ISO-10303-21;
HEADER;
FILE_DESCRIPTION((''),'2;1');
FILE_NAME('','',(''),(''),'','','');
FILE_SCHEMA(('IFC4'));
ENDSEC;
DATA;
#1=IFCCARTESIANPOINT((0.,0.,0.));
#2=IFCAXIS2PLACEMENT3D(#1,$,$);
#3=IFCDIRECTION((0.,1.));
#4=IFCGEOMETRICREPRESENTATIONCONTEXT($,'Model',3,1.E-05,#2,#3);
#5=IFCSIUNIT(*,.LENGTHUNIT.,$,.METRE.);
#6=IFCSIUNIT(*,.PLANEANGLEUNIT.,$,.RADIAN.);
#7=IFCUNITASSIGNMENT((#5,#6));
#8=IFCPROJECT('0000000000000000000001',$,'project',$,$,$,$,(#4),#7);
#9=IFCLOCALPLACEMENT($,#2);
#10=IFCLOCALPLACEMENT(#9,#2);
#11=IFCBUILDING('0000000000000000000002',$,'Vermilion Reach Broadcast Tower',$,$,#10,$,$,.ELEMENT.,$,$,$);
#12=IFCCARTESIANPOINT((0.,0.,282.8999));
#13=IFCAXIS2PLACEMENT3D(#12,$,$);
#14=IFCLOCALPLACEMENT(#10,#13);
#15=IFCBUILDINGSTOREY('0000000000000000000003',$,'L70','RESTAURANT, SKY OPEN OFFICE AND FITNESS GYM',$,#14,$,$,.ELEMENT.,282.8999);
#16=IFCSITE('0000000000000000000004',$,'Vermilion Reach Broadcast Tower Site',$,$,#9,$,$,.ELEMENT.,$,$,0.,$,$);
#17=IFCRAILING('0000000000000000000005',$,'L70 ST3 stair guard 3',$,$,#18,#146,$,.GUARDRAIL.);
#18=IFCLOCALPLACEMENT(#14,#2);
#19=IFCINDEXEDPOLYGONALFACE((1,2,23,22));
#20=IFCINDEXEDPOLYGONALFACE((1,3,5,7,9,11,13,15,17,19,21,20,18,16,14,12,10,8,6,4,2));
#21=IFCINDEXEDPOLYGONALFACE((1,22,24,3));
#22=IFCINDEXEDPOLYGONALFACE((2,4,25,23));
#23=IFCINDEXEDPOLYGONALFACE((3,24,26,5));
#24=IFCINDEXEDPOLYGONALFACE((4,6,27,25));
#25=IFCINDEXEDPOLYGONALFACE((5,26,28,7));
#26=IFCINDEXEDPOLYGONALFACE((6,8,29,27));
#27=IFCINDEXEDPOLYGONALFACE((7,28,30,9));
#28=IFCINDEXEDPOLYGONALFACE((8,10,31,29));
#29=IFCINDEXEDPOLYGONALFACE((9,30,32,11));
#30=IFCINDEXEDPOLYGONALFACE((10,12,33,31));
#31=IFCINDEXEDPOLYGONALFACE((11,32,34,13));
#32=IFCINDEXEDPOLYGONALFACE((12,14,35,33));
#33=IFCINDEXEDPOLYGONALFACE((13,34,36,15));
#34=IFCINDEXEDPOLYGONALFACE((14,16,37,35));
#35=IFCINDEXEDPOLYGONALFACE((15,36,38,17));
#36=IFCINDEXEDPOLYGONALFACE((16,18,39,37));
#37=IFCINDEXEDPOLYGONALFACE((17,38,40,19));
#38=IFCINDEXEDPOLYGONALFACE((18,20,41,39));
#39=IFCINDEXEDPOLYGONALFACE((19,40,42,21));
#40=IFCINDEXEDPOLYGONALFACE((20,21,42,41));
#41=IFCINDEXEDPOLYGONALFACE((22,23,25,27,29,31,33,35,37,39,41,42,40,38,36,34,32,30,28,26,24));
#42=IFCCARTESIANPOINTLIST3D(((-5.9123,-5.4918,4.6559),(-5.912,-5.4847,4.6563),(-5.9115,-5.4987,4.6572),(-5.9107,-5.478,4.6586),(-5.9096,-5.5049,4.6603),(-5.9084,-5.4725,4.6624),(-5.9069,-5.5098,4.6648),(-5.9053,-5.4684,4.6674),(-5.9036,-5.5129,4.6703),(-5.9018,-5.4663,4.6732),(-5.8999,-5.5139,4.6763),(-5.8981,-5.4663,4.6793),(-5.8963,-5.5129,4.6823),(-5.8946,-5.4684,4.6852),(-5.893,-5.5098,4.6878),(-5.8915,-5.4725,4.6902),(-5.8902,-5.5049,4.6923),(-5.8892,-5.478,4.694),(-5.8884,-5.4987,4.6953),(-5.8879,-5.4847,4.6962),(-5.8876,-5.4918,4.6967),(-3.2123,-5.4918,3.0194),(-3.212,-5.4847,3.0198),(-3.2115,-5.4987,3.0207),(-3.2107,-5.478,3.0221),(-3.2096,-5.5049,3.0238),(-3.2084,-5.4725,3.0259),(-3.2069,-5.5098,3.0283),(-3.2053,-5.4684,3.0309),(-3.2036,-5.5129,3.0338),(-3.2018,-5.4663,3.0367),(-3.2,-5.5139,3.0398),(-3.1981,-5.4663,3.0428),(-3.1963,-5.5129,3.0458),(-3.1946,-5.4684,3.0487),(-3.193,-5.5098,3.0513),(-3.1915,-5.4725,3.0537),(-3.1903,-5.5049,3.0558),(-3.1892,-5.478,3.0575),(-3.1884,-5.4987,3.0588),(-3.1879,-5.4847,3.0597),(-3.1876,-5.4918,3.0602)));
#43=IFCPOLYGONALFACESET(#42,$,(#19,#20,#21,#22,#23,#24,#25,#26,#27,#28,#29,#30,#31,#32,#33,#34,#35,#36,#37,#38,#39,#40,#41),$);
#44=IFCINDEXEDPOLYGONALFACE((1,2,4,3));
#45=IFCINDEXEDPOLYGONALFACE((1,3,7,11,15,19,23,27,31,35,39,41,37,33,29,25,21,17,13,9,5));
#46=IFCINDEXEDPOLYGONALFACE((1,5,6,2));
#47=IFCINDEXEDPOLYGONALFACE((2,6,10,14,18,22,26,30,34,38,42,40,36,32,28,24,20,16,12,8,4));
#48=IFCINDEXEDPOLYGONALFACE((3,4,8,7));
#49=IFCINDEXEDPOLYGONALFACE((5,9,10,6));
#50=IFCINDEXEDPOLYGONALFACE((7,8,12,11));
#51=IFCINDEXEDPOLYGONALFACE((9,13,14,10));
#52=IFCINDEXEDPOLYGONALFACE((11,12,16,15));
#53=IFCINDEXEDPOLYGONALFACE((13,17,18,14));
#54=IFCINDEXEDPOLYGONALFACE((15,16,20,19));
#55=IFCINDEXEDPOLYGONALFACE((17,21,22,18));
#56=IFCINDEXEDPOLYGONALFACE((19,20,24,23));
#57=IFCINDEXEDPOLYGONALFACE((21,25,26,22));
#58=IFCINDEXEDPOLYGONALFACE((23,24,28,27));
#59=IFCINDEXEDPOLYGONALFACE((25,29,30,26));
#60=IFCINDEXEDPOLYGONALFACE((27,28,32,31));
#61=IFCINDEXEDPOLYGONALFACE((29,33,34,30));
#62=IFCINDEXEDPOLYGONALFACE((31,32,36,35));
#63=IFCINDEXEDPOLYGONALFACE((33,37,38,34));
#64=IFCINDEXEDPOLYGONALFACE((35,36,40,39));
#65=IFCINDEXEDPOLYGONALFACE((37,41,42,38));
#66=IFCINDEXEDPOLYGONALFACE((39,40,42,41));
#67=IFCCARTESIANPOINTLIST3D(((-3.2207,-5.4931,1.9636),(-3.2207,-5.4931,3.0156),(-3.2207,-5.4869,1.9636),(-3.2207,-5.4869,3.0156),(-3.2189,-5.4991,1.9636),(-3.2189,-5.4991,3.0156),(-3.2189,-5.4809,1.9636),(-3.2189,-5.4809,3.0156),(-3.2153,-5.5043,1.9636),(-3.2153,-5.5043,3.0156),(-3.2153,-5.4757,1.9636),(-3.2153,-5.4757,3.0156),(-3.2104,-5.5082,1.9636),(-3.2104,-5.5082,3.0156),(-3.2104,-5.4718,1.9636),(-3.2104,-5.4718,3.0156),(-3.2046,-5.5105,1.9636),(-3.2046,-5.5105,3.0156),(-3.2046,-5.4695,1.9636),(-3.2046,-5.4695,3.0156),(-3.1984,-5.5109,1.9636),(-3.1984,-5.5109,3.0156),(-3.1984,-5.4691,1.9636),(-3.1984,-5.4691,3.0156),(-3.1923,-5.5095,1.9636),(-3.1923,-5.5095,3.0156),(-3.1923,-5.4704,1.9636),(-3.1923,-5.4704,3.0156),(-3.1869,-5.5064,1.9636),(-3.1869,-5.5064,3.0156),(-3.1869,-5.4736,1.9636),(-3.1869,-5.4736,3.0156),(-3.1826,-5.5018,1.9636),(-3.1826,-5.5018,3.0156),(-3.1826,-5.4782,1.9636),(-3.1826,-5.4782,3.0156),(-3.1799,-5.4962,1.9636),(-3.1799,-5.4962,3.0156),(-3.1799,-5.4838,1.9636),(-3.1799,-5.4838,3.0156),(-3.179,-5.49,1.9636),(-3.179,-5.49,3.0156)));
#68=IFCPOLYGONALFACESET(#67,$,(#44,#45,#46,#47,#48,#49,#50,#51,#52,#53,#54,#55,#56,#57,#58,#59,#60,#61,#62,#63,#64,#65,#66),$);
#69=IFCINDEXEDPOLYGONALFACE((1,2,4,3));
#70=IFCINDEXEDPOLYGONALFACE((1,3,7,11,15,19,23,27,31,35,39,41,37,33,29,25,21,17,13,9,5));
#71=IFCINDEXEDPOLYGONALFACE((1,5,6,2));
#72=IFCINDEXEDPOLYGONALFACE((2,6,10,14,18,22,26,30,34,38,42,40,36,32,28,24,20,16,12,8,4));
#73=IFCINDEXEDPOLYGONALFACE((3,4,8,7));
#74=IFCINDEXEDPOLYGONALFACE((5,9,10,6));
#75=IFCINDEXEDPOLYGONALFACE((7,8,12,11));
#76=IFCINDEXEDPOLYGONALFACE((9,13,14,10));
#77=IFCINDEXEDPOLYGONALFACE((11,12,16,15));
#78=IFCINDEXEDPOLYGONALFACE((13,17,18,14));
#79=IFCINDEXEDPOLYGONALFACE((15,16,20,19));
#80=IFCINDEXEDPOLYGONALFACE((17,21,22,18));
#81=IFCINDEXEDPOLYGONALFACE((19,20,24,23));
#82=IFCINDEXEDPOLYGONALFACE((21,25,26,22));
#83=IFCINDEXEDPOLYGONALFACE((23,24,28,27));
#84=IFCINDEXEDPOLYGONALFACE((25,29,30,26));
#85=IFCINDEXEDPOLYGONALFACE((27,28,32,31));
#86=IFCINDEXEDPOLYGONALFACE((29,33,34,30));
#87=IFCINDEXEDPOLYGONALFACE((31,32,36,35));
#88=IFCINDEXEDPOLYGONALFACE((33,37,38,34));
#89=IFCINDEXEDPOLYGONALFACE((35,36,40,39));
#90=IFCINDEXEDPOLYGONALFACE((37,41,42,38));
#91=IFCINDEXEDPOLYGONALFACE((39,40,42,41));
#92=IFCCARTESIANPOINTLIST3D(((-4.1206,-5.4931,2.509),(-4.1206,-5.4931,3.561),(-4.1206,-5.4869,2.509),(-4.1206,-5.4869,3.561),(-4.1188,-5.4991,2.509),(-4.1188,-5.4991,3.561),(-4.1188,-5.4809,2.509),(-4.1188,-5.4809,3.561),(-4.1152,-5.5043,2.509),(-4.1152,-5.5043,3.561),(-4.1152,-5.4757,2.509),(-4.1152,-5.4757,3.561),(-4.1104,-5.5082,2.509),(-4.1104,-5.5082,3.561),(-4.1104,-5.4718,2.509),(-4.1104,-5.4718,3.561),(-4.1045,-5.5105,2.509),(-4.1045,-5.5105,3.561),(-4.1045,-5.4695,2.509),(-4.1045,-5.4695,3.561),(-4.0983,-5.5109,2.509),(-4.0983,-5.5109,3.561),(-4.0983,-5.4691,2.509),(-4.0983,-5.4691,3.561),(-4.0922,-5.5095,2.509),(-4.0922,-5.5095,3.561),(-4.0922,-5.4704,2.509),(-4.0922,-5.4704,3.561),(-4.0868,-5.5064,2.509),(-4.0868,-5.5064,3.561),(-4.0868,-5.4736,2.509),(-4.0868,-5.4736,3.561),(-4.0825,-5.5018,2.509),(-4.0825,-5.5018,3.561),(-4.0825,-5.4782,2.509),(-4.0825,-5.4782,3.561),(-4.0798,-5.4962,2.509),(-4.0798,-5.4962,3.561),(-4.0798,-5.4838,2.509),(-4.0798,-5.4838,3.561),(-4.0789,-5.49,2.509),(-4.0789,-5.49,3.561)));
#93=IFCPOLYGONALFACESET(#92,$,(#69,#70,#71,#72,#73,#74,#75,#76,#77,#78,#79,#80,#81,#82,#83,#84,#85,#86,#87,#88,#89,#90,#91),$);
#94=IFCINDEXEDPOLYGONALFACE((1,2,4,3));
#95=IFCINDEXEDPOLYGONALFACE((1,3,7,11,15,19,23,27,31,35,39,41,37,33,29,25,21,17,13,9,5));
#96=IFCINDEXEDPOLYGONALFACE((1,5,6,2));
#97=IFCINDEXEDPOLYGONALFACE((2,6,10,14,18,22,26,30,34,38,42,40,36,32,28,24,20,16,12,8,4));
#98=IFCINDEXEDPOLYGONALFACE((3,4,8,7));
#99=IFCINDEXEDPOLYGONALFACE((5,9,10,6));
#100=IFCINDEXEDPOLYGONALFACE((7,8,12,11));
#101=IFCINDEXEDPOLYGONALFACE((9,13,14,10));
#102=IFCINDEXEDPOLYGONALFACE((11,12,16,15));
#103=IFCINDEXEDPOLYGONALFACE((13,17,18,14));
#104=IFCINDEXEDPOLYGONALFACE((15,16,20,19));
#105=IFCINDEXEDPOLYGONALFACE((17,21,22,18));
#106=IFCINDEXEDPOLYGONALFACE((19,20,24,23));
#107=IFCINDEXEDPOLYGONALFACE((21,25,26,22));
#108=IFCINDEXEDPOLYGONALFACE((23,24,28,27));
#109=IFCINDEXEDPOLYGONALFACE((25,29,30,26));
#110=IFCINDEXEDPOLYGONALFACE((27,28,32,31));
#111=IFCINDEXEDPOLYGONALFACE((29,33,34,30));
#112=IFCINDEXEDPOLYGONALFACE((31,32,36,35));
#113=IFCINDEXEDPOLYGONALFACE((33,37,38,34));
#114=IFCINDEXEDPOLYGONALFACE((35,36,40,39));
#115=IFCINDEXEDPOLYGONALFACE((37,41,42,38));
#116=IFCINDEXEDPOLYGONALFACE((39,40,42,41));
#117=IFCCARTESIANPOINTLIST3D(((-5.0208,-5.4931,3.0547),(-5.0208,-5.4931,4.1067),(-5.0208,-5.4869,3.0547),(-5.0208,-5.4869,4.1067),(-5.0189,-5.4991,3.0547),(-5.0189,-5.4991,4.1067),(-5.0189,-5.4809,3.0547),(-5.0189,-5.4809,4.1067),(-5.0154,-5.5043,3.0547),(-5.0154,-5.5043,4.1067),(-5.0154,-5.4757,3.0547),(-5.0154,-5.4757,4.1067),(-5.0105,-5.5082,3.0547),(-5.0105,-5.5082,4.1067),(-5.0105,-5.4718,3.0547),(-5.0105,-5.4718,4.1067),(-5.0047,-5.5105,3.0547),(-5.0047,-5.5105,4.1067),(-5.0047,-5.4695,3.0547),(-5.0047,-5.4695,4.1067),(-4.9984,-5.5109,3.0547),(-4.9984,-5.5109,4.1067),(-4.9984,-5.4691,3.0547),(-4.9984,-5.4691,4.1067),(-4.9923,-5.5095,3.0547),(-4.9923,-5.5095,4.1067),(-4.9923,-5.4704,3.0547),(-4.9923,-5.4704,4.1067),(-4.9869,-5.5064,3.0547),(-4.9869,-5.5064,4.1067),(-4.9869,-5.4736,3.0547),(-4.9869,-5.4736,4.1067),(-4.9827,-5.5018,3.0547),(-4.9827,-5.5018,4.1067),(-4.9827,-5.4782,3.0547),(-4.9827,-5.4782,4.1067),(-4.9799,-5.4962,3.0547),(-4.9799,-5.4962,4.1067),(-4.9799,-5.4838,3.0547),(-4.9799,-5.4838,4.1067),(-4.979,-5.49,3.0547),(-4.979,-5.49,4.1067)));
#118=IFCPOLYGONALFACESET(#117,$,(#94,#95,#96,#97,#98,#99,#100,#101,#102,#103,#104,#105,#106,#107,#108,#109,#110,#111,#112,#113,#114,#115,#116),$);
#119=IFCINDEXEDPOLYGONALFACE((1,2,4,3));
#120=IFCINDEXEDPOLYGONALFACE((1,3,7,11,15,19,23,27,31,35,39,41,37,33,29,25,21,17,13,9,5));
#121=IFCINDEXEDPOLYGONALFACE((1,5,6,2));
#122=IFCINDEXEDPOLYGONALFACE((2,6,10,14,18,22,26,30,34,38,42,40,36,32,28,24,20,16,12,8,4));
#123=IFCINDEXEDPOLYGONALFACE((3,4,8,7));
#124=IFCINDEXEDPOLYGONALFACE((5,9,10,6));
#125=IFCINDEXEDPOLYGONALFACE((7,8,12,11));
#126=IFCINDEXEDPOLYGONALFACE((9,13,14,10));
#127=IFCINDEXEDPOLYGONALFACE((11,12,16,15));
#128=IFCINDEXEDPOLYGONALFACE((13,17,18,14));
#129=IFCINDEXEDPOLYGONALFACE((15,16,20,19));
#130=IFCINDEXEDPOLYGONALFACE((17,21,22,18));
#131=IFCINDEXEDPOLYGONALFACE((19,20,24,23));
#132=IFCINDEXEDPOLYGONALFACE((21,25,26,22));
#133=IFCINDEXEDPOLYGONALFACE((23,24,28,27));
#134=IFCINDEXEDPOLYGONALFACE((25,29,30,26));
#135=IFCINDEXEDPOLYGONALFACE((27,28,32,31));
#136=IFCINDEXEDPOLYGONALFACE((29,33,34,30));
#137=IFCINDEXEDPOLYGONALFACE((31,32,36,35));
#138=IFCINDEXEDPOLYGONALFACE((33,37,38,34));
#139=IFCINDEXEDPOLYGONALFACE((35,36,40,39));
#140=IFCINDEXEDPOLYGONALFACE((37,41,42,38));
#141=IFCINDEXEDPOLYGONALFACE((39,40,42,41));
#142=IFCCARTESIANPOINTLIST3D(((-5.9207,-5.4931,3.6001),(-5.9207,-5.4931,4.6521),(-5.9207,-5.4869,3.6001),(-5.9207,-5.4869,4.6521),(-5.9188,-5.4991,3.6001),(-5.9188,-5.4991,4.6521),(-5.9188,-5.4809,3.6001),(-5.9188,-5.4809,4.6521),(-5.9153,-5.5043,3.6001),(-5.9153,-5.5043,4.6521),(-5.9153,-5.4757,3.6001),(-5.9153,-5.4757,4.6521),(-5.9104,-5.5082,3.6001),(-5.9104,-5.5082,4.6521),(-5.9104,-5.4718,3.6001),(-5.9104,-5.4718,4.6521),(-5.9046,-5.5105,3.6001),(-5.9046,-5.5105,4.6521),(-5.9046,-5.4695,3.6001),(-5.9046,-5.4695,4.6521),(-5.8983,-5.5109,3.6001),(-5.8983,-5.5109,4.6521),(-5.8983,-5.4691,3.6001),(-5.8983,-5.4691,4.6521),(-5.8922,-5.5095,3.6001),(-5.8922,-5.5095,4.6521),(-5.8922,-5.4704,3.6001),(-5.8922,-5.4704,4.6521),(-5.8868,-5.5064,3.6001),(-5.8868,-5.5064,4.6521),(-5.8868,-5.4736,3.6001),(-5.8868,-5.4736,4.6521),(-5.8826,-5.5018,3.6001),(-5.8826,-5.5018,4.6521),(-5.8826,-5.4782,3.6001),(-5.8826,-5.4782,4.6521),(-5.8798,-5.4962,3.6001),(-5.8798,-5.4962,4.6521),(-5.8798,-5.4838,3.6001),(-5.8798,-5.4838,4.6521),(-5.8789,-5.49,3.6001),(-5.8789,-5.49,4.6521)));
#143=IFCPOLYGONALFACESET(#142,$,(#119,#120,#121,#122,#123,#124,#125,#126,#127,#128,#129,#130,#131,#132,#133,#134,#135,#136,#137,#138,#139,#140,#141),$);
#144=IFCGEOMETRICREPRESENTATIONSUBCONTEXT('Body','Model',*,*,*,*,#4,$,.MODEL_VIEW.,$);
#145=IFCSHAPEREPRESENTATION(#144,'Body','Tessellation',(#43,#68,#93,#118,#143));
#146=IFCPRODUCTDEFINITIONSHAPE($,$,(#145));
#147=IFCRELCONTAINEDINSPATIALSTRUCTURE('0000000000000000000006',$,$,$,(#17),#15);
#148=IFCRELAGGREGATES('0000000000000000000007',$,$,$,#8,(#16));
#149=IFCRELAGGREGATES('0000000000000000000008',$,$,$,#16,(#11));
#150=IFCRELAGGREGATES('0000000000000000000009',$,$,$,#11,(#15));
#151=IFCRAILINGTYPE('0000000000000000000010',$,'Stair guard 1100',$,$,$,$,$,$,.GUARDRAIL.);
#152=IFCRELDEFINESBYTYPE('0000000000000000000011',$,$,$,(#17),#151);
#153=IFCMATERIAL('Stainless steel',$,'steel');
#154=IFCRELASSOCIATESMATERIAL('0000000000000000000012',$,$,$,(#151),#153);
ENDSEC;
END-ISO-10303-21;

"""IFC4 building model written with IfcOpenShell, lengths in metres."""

from ifc_helpers import new_model, si_unit, direction, frame, origin, origin_2d, place, context, subcontext, project, spatial, circle, extrude, material, type_object, element, save


model = new_model("IFC4")

# Units and contexts
model_context = context("Model", 3, precision=1e-05, world=origin(), true_north=direction((0.0, 1.0)))
body_context = subcontext(model_context, "Body", "Model", "MODEL_VIEW")
ifc_project = project(units=[si_unit("LENGTHUNIT", "METRE"), si_unit("PLANEANGLEUNIT", "RADIAN")], contexts=[model_context])

# Site, building, storey
site_placement = place(None, origin())
site = spatial("IfcSite", under=ifc_project, at=site_placement, Name="Vermilion Reach Broadcast Tower Site", CompositionType="ELEMENT", RefElevation=0.0)
building_placement = place(site_placement, origin())
building = spatial("IfcBuilding", under=site, at=building_placement, Name="Vermilion Reach Broadcast Tower", CompositionType="ELEMENT")
storey_placement = place(building_placement, frame((0.0, 0.0, 282.8999)))
storey = spatial("IfcBuildingStorey", under=building, at=storey_placement, Name="L70", Description="RESTAURANT, SKY OPEN OFFICE AND FITNESS GYM", CompositionType="ELEMENT", Elevation=282.8999)

# Railing
ifc_material_1 = material(Name="Stainless steel", Category="steel")
railing_type_1 = type_object("IfcRailingType", Name="Stair guard 1100", PredefinedType="GUARDRAIL", material=ifc_material_1)
railing_1_placement = place(storey_placement, frame((-3.2, -5.49, 1.9636)))
element("IfcRailing", 1, at=railing_1_placement, inside=storey, type_object=railing_type_1, Name="L70 ST3 stair guard 3", PredefinedType="GUARDRAIL", context=body_context, shape_type="SweptSolid", body=[
    extrude(circle(Radius=0.0239, at=origin_2d()), frame((0.0, 0.0, 1.0762), z_axis=(-0.855178, 0.0, 0.518334), x_axis=(0.0, -1.0, 0.0)), (0.0, 0.0, 1.0), 3.1572),
    extrude(circle(Radius=0.021, at=origin_2d()), origin(), (0.0, 0.0, 1.0), 1.052),
    extrude(circle(Radius=0.021, at=origin_2d()), frame((-0.8999, 0.0, 0.5454)), (0.0, 0.0, 1.0), 1.052),
    extrude(circle(Radius=0.021, at=origin_2d()), frame((-1.8, 0.0, 1.0911)), (0.0, 0.0, 1.0), 1.052),
    extrude(circle(Radius=0.021, at=origin_2d()), frame((-2.7, 0.0, 1.6365)), (0.0, 0.0, 1.0), 1.052),
])

save(model, "model.ifc")
